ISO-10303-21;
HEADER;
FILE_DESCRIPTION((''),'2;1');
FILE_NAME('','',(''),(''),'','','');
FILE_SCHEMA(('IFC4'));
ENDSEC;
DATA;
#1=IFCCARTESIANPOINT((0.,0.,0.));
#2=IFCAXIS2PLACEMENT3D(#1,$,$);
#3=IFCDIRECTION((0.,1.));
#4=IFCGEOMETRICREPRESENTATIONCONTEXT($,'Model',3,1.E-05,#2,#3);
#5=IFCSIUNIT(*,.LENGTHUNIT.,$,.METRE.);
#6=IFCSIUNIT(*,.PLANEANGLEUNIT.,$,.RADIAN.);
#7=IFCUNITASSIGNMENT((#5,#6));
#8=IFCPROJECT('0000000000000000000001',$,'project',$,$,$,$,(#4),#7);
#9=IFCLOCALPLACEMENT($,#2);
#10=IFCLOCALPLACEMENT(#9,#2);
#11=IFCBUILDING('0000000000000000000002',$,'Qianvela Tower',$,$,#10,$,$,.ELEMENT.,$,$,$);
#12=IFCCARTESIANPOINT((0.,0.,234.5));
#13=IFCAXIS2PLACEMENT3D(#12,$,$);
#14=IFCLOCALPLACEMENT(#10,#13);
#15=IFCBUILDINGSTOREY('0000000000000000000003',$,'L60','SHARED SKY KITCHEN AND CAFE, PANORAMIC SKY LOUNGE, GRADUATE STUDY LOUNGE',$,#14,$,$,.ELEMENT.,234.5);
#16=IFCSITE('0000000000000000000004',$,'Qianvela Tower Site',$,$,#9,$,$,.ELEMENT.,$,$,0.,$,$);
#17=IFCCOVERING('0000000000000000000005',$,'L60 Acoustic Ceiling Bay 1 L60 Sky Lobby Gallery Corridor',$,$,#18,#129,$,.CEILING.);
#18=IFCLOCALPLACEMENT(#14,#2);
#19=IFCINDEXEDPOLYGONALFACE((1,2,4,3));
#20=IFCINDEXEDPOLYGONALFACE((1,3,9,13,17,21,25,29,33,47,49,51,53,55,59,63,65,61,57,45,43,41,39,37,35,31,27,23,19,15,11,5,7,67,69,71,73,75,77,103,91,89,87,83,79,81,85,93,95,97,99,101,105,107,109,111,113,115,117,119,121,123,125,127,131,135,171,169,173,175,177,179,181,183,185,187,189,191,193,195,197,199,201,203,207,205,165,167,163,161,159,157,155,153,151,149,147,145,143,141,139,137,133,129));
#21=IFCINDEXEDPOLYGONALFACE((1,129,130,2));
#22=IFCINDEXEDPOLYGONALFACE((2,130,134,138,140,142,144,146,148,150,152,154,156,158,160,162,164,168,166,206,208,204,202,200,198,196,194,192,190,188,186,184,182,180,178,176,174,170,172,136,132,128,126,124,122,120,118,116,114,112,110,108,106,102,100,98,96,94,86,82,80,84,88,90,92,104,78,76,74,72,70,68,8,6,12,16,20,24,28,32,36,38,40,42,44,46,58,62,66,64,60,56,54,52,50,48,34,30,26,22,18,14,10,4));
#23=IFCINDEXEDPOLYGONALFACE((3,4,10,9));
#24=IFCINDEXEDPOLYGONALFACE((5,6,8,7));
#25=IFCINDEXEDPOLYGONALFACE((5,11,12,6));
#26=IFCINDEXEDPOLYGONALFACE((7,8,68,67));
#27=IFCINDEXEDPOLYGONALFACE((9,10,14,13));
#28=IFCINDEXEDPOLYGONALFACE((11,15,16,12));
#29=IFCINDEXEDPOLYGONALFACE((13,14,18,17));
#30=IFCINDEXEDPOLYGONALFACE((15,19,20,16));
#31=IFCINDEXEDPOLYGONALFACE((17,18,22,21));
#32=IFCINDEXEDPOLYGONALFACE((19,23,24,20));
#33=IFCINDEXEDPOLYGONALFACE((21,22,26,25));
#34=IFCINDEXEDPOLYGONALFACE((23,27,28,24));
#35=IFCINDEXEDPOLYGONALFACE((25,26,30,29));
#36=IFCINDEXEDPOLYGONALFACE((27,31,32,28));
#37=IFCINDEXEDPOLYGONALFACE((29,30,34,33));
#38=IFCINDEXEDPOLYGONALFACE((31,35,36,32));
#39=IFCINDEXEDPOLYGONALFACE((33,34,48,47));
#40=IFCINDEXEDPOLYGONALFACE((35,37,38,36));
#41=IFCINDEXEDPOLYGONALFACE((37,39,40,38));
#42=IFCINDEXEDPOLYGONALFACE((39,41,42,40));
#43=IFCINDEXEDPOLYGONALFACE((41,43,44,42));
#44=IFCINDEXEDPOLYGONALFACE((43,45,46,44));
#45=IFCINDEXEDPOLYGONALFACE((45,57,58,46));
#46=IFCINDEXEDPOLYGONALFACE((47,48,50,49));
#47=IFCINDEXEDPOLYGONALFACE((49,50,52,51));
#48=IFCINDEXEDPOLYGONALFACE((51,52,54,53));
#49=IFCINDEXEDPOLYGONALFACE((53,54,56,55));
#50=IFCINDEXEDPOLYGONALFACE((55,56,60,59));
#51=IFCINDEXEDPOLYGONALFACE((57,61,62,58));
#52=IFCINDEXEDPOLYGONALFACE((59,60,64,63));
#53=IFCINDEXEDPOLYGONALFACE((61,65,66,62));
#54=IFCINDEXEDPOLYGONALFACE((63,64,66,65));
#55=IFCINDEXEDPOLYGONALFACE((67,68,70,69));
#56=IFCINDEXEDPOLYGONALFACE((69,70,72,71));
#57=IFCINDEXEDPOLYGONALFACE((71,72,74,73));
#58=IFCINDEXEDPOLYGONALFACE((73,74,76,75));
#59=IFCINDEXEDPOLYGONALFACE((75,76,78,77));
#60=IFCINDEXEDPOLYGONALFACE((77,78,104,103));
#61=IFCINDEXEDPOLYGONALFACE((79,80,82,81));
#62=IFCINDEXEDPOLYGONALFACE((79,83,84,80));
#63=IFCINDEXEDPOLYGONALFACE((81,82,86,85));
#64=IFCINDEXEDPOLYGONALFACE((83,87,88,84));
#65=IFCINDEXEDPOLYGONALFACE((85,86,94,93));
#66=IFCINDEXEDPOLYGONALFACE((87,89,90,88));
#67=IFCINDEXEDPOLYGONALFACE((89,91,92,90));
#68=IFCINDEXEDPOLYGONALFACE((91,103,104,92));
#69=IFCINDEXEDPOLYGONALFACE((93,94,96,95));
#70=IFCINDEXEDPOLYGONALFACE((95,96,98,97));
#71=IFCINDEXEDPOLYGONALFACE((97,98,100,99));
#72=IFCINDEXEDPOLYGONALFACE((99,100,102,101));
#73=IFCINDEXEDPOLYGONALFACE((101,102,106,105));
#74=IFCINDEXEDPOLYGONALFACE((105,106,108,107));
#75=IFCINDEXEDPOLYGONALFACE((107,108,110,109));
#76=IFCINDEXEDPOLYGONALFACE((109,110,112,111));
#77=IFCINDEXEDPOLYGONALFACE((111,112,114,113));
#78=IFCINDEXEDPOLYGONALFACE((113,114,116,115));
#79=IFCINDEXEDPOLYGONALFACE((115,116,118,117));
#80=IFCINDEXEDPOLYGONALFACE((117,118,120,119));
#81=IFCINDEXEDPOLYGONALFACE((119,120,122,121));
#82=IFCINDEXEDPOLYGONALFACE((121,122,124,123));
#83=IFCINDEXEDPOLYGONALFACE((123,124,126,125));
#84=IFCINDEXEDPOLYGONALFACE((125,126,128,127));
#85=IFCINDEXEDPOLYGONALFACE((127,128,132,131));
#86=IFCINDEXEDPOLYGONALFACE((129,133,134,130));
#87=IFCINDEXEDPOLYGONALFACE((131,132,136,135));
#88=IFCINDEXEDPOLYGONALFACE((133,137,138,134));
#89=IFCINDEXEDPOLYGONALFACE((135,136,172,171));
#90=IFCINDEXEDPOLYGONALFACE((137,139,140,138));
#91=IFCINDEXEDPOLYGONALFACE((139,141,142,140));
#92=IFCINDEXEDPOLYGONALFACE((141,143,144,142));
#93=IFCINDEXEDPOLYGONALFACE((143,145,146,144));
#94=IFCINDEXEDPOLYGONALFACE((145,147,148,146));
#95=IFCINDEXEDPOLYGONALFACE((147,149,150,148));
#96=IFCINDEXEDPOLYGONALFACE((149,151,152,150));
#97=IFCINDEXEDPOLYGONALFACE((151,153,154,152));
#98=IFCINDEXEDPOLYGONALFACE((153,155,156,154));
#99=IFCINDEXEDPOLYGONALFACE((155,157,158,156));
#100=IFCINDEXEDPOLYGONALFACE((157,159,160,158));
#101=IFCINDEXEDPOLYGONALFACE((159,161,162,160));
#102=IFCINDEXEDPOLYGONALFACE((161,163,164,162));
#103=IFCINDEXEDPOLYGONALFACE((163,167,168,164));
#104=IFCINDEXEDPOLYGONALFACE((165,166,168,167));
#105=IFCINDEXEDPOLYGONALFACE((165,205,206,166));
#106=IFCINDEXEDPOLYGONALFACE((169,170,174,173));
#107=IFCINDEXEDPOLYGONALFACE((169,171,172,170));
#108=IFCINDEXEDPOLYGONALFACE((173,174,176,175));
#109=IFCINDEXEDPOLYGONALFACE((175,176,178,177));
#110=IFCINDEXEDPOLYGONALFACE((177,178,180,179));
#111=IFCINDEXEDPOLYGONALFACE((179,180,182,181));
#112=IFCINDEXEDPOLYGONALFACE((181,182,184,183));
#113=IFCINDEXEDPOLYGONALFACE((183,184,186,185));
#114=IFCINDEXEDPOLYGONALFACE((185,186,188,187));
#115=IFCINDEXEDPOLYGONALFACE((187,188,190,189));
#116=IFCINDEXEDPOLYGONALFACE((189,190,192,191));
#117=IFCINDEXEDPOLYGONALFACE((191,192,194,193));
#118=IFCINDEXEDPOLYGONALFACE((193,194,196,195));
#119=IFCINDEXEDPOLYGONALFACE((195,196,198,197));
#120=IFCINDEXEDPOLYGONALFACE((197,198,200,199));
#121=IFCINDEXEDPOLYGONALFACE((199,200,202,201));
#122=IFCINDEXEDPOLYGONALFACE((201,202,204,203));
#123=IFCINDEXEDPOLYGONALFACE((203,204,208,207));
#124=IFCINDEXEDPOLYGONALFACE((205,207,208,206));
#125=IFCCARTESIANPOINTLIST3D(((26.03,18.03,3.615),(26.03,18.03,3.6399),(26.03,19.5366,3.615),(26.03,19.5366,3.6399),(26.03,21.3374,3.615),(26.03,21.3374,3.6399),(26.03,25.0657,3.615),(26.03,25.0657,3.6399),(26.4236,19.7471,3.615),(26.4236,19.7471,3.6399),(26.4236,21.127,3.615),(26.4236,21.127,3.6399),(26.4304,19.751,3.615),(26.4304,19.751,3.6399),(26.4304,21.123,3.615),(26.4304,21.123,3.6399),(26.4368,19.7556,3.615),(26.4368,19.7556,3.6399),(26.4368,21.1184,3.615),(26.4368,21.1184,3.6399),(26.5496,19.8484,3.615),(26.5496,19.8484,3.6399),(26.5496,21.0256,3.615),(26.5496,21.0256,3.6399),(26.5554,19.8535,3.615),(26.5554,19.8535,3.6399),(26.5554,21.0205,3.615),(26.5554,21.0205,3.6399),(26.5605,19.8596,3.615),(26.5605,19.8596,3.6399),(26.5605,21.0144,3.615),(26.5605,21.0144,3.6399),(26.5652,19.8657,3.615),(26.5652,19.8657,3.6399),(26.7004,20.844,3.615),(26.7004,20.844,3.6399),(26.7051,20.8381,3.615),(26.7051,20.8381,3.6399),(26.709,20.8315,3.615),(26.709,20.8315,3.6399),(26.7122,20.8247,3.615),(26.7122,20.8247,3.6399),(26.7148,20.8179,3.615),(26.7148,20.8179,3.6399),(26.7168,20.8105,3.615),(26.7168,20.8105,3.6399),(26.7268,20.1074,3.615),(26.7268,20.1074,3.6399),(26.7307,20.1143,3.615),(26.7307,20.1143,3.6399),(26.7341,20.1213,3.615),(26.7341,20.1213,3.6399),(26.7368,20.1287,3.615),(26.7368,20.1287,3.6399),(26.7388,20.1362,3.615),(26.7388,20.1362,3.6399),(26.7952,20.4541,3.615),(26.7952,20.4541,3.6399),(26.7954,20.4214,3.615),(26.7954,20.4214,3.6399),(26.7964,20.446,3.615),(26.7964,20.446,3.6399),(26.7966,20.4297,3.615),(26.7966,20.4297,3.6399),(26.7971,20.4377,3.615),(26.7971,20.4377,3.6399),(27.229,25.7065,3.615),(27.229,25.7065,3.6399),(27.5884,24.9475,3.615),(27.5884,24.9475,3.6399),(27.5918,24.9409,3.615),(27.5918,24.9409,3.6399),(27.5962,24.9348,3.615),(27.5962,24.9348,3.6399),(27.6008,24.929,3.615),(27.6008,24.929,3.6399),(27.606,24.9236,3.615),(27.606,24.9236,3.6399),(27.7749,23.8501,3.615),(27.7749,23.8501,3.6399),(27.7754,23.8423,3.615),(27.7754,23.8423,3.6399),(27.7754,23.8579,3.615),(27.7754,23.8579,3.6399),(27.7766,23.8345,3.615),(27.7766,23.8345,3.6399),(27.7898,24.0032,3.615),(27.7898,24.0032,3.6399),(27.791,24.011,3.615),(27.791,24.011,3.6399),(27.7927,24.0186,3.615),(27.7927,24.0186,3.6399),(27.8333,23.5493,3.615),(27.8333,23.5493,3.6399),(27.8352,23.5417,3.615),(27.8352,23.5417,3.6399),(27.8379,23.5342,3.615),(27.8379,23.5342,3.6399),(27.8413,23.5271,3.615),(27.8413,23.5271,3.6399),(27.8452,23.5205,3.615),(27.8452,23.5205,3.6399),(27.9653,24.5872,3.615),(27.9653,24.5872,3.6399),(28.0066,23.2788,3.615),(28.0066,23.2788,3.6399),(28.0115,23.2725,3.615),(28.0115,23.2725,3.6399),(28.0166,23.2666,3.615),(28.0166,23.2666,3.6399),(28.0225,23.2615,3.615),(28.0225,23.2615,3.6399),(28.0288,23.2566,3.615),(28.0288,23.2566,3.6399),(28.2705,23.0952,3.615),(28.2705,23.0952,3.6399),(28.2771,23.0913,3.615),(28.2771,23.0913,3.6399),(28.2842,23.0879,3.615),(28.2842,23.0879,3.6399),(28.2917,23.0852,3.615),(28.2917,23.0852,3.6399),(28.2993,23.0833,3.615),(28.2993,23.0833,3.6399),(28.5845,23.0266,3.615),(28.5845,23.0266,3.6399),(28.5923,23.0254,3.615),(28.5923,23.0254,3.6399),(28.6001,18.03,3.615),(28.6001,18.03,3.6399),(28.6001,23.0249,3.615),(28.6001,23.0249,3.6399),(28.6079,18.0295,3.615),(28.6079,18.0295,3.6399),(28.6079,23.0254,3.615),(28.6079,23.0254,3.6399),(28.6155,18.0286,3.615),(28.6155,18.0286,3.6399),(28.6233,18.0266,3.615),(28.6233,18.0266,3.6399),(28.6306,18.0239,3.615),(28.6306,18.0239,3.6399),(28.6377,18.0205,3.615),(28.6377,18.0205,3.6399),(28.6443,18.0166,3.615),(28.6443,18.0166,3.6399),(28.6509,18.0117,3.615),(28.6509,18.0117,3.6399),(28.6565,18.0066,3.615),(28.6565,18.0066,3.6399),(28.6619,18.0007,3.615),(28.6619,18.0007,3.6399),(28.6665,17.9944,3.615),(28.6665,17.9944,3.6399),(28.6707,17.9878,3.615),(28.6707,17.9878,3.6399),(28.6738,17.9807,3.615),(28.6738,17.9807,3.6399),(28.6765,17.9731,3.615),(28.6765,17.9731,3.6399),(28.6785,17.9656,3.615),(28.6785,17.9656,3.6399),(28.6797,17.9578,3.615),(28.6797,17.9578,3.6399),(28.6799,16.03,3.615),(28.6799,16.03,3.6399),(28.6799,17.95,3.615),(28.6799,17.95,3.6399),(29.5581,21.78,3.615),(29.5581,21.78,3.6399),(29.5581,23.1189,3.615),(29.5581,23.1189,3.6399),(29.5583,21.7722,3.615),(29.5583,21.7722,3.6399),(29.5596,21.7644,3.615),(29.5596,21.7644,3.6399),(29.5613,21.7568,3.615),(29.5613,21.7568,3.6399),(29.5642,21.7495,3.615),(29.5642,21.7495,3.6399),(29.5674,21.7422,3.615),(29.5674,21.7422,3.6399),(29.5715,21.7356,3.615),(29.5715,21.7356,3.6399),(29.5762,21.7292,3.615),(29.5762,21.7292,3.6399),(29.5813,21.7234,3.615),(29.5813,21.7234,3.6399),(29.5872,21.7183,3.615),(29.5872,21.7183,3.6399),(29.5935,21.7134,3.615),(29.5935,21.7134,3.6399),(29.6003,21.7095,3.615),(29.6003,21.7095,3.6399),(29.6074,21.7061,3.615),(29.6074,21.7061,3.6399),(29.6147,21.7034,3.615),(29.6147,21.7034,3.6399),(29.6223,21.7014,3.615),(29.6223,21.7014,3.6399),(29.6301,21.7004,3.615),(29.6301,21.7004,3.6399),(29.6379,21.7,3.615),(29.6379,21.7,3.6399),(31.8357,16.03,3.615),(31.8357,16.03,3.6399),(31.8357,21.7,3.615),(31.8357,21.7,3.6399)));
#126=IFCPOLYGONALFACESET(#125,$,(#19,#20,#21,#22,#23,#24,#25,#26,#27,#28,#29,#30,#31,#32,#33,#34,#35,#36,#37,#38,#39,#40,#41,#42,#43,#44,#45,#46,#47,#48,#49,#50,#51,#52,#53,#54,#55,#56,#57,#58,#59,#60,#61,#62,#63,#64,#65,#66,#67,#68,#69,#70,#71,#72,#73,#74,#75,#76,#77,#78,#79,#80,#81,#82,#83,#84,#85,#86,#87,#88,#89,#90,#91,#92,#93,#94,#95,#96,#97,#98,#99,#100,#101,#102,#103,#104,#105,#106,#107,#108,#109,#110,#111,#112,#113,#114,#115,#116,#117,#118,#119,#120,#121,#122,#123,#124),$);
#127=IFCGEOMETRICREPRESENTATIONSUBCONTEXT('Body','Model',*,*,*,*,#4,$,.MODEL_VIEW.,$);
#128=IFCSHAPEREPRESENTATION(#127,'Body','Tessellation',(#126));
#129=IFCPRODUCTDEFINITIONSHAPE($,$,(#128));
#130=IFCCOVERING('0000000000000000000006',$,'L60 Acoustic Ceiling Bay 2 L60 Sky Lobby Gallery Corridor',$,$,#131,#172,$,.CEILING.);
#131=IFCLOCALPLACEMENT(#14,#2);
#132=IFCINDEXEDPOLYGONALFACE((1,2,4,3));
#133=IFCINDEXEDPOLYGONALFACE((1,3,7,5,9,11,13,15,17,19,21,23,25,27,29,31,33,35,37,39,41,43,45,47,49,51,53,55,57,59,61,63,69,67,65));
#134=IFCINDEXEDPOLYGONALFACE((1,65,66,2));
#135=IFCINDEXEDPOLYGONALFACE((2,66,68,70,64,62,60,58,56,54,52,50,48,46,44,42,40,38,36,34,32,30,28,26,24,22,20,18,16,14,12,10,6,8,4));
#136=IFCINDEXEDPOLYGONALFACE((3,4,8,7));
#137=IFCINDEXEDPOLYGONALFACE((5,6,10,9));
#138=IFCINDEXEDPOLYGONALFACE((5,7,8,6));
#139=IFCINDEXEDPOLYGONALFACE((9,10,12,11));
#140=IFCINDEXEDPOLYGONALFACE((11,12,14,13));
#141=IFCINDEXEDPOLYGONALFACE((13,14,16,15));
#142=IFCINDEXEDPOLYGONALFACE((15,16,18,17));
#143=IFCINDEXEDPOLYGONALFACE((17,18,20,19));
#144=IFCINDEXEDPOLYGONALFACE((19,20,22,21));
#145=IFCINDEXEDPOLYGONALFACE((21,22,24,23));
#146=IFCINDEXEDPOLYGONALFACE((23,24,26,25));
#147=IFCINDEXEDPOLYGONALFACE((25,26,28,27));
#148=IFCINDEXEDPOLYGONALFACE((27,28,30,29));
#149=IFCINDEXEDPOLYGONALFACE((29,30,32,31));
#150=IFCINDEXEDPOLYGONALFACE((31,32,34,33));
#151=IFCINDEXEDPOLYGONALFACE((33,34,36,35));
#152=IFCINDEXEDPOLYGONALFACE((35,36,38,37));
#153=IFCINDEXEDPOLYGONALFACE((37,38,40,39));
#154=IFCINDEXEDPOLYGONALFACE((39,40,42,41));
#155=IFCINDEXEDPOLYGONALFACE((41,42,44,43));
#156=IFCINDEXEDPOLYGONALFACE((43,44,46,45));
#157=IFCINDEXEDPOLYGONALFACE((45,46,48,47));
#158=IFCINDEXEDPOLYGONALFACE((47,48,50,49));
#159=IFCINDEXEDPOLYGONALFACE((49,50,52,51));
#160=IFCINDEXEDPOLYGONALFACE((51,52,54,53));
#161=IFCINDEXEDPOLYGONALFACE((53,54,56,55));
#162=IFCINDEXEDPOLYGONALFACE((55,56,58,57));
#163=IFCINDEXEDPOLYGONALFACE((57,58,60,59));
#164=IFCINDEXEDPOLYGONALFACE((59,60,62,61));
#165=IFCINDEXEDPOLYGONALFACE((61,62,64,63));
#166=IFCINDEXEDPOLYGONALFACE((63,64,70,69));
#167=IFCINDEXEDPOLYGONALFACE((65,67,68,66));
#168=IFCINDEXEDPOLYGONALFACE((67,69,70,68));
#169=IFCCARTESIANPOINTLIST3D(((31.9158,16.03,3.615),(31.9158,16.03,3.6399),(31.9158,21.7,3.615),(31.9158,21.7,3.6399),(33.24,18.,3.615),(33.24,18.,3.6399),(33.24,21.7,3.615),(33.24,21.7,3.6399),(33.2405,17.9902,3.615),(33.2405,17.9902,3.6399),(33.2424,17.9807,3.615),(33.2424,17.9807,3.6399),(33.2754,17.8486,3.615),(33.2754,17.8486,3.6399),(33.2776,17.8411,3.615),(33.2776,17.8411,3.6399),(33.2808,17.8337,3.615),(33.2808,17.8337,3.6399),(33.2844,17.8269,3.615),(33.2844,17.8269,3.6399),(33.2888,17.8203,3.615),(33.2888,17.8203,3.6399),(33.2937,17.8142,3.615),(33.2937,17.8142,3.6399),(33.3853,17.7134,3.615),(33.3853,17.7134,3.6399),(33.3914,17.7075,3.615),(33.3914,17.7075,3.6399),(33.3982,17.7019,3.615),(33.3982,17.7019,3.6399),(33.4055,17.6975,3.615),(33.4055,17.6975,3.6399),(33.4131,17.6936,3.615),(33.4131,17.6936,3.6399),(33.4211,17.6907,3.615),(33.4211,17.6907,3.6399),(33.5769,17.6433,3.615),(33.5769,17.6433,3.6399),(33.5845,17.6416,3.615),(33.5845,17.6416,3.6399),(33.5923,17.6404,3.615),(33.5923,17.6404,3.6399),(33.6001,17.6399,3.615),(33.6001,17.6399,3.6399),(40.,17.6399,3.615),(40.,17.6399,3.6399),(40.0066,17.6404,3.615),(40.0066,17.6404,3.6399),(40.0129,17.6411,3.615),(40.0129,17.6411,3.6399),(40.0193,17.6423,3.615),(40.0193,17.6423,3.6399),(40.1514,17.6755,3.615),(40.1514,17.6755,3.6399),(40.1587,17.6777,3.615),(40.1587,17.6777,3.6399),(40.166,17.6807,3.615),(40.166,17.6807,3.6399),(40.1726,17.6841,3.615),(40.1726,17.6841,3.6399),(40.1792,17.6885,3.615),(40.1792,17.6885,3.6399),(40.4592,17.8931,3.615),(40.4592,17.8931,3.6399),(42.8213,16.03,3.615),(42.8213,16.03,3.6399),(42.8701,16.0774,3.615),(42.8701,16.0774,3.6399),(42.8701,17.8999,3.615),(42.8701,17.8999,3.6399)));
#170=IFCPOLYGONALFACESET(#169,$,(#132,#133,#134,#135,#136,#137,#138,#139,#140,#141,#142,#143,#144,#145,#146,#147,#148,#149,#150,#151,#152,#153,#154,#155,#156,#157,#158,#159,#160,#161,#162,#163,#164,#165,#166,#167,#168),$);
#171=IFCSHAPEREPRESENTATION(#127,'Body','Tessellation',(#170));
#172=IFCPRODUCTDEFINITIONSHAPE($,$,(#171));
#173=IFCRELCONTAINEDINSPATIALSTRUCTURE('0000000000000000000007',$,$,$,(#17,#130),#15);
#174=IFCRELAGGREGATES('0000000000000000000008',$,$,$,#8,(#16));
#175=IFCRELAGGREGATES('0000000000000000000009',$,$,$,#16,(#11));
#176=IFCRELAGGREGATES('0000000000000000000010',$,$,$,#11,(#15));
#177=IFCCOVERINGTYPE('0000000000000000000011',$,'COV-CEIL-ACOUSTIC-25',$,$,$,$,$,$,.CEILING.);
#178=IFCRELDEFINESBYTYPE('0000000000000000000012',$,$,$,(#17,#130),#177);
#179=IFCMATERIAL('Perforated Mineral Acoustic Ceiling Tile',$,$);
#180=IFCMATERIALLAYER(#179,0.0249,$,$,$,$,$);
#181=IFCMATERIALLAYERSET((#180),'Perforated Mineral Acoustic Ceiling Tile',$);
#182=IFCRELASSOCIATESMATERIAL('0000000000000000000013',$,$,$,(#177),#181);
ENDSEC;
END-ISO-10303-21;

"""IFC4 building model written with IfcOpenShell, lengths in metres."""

from ifc_helpers import new_model, si_unit, direction, frame, origin, place, context, subcontext, project, spatial, polyline, outline, extrude, material, layer, layer_set, type_object, element, save


model = new_model("IFC4")

# Units and contexts
model_context = context("Model", 3, precision=1e-05, world=origin(), true_north=direction((0.0, 1.0)))
body_context = subcontext(model_context, "Body", "Model", "MODEL_VIEW")
ifc_project = project(units=[si_unit("LENGTHUNIT", "METRE"), si_unit("PLANEANGLEUNIT", "RADIAN")], contexts=[model_context])

# Site, building, storey
site_placement = place(None, origin())
site = spatial("IfcSite", under=ifc_project, at=site_placement, Name="Qianvela Tower Site", CompositionType="ELEMENT", RefElevation=0.0)
building_placement = place(site_placement, origin())
building = spatial("IfcBuilding", under=site, at=building_placement, Name="Qianvela Tower", CompositionType="ELEMENT")
storey_placement = place(building_placement, frame((0.0, 0.0, 234.5)))
storey = spatial("IfcBuildingStorey", under=building, at=storey_placement, Name="L60", Description="SHARED SKY KITCHEN AND CAFE, PANORAMIC SKY LOUNGE, GRADUATE STUDY LOUNGE", CompositionType="ELEMENT", Elevation=234.5)

# Coverings
ifc_material_1 = material(Name="Perforated Mineral Acoustic Ceiling Tile")
ifc_layer_1 = layer(ifc_material_1, 0.0249)
ifc_layer_set_1 = layer_set([ifc_layer_1], Name="Perforated Mineral Acoustic Ceiling Tile")
covering_type_1 = type_object("IfcCoveringType", Name="COV-CEIL-ACOUSTIC-25", PredefinedType="CEILING", material=ifc_layer_set_1)
covering_1_placement = place(storey_placement, frame((0.0, 0.0, 3.615)))
element("IfcCovering", 1, at=covering_1_placement, inside=storey, type_object=covering_type_1, Name="L60 Acoustic Ceiling Bay 1 L60 Sky Lobby Gallery Corridor", PredefinedType="CEILING", context=body_context, shape_type="SweptSolid", body=[
    extrude(outline(polyline([(27.791, 24.011), (27.7898, 24.0032), (27.7754, 23.8579), (27.7749, 23.8501), (27.7754, 23.8423), (27.7766, 23.8345), (27.8333, 23.5493), (27.8352, 23.5417), (27.8379, 23.5342), (27.8413, 23.5271), (27.8452, 23.5205), (28.0066, 23.2788), (28.0115, 23.2725), (28.0166, 23.2666), (28.0225, 23.2615), (28.0288, 23.2566), (28.2705, 23.0952), (28.2771, 23.0913), (28.2842, 23.0879), (28.2917, 23.0852), (28.2993, 23.0833), (28.5845, 23.0266), (28.5923, 23.0254), (28.6001, 23.0249), (28.6079, 23.0254), (29.5581, 23.1189), (29.5581, 21.78), (29.5583, 21.7722), (29.5596, 21.7644), (29.5613, 21.7568), (29.5642, 21.7495), (29.5674, 21.7422), (29.5715, 21.7356), (29.5762, 21.7292), (29.5813, 21.7234), (29.5872, 21.7183), (29.5935, 21.7134), (29.6003, 21.7095), (29.6074, 21.7061), (29.6147, 21.7034), (29.6223, 21.7014), (29.6301, 21.7004), (29.6379, 21.7), (31.8357, 21.7), (31.8357, 16.03), (28.6799, 16.03), (28.6799, 17.95), (28.6797, 17.9578), (28.6785, 17.9656), (28.6765, 17.9731), (28.6738, 17.9807), (28.6707, 17.9878), (28.6665, 17.9944), (28.6619, 18.0007), (28.6565, 18.0066), (28.6509, 18.0117), (28.6443, 18.0166), (28.6377, 18.0205), (28.6306, 18.0239), (28.6233, 18.0266), (28.6155, 18.0286), (28.6079, 18.0295), (28.6001, 18.03), (26.03, 18.03), (26.03, 19.5366), (26.4236, 19.7471), (26.4304, 19.751), (26.4368, 19.7556), (26.5496, 19.8484), (26.5554, 19.8535), (26.5605, 19.8596), (26.5652, 19.8657), (26.7268, 20.1074), (26.7307, 20.1143), (26.7341, 20.1213), (26.7368, 20.1287), (26.7388, 20.1362), (26.7954, 20.4214), (26.7966, 20.4297), (26.7971, 20.4377), (26.7964, 20.446), (26.7952, 20.4541), (26.7168, 20.8105), (26.7148, 20.8179), (26.7122, 20.8247), (26.709, 20.8315), (26.7051, 20.8381), (26.7004, 20.844), (26.5605, 21.0144), (26.5554, 21.0205), (26.5496, 21.0256), (26.4368, 21.1184), (26.4304, 21.123), (26.4236, 21.127), (26.03, 21.3374), (26.03, 25.0657), (27.229, 25.7065), (27.5884, 24.9475), (27.5918, 24.9409), (27.5962, 24.9348), (27.6008, 24.929), (27.606, 24.9236), (27.9653, 24.5872), (27.7927, 24.0186), (27.791, 24.011)])), origin(), (0.0, 0.0, 1.0), 0.0249),
])
covering_2_placement = place(storey_placement, frame((0.0, 0.0, 3.615)))
element("IfcCovering", 2, at=covering_2_placement, inside=storey, type_object=covering_type_1, Name="L60 Acoustic Ceiling Bay 2 L60 Sky Lobby Gallery Corridor", PredefinedType="CEILING", context=body_context, shape_type="SweptSolid", body=[
    extrude(outline(polyline([(33.24, 21.7), (33.24, 18.0), (33.2405, 17.9902), (33.2424, 17.9807), (33.2754, 17.8486), (33.2776, 17.8411), (33.2808, 17.8337), (33.2844, 17.8269), (33.2888, 17.8203), (33.2937, 17.8142), (33.3853, 17.7134), (33.3914, 17.7075), (33.3982, 17.7019), (33.4055, 17.6975), (33.4131, 17.6936), (33.4211, 17.6907), (33.5769, 17.6433), (33.5845, 17.6416), (33.5923, 17.6404), (33.6001, 17.6399), (40.0, 17.6399), (40.0066, 17.6404), (40.0129, 17.6411), (40.0193, 17.6423), (40.1514, 17.6755), (40.1587, 17.6777), (40.166, 17.6807), (40.1726, 17.6841), (40.1792, 17.6885), (40.4592, 17.8931), (42.8701, 17.8999), (42.8701, 16.0774), (42.8213, 16.03), (31.9158, 16.03), (31.9158, 21.7), (33.24, 21.7)])), origin(), (0.0, 0.0, 1.0), 0.0249),
])

save(model, "model.ifc")
